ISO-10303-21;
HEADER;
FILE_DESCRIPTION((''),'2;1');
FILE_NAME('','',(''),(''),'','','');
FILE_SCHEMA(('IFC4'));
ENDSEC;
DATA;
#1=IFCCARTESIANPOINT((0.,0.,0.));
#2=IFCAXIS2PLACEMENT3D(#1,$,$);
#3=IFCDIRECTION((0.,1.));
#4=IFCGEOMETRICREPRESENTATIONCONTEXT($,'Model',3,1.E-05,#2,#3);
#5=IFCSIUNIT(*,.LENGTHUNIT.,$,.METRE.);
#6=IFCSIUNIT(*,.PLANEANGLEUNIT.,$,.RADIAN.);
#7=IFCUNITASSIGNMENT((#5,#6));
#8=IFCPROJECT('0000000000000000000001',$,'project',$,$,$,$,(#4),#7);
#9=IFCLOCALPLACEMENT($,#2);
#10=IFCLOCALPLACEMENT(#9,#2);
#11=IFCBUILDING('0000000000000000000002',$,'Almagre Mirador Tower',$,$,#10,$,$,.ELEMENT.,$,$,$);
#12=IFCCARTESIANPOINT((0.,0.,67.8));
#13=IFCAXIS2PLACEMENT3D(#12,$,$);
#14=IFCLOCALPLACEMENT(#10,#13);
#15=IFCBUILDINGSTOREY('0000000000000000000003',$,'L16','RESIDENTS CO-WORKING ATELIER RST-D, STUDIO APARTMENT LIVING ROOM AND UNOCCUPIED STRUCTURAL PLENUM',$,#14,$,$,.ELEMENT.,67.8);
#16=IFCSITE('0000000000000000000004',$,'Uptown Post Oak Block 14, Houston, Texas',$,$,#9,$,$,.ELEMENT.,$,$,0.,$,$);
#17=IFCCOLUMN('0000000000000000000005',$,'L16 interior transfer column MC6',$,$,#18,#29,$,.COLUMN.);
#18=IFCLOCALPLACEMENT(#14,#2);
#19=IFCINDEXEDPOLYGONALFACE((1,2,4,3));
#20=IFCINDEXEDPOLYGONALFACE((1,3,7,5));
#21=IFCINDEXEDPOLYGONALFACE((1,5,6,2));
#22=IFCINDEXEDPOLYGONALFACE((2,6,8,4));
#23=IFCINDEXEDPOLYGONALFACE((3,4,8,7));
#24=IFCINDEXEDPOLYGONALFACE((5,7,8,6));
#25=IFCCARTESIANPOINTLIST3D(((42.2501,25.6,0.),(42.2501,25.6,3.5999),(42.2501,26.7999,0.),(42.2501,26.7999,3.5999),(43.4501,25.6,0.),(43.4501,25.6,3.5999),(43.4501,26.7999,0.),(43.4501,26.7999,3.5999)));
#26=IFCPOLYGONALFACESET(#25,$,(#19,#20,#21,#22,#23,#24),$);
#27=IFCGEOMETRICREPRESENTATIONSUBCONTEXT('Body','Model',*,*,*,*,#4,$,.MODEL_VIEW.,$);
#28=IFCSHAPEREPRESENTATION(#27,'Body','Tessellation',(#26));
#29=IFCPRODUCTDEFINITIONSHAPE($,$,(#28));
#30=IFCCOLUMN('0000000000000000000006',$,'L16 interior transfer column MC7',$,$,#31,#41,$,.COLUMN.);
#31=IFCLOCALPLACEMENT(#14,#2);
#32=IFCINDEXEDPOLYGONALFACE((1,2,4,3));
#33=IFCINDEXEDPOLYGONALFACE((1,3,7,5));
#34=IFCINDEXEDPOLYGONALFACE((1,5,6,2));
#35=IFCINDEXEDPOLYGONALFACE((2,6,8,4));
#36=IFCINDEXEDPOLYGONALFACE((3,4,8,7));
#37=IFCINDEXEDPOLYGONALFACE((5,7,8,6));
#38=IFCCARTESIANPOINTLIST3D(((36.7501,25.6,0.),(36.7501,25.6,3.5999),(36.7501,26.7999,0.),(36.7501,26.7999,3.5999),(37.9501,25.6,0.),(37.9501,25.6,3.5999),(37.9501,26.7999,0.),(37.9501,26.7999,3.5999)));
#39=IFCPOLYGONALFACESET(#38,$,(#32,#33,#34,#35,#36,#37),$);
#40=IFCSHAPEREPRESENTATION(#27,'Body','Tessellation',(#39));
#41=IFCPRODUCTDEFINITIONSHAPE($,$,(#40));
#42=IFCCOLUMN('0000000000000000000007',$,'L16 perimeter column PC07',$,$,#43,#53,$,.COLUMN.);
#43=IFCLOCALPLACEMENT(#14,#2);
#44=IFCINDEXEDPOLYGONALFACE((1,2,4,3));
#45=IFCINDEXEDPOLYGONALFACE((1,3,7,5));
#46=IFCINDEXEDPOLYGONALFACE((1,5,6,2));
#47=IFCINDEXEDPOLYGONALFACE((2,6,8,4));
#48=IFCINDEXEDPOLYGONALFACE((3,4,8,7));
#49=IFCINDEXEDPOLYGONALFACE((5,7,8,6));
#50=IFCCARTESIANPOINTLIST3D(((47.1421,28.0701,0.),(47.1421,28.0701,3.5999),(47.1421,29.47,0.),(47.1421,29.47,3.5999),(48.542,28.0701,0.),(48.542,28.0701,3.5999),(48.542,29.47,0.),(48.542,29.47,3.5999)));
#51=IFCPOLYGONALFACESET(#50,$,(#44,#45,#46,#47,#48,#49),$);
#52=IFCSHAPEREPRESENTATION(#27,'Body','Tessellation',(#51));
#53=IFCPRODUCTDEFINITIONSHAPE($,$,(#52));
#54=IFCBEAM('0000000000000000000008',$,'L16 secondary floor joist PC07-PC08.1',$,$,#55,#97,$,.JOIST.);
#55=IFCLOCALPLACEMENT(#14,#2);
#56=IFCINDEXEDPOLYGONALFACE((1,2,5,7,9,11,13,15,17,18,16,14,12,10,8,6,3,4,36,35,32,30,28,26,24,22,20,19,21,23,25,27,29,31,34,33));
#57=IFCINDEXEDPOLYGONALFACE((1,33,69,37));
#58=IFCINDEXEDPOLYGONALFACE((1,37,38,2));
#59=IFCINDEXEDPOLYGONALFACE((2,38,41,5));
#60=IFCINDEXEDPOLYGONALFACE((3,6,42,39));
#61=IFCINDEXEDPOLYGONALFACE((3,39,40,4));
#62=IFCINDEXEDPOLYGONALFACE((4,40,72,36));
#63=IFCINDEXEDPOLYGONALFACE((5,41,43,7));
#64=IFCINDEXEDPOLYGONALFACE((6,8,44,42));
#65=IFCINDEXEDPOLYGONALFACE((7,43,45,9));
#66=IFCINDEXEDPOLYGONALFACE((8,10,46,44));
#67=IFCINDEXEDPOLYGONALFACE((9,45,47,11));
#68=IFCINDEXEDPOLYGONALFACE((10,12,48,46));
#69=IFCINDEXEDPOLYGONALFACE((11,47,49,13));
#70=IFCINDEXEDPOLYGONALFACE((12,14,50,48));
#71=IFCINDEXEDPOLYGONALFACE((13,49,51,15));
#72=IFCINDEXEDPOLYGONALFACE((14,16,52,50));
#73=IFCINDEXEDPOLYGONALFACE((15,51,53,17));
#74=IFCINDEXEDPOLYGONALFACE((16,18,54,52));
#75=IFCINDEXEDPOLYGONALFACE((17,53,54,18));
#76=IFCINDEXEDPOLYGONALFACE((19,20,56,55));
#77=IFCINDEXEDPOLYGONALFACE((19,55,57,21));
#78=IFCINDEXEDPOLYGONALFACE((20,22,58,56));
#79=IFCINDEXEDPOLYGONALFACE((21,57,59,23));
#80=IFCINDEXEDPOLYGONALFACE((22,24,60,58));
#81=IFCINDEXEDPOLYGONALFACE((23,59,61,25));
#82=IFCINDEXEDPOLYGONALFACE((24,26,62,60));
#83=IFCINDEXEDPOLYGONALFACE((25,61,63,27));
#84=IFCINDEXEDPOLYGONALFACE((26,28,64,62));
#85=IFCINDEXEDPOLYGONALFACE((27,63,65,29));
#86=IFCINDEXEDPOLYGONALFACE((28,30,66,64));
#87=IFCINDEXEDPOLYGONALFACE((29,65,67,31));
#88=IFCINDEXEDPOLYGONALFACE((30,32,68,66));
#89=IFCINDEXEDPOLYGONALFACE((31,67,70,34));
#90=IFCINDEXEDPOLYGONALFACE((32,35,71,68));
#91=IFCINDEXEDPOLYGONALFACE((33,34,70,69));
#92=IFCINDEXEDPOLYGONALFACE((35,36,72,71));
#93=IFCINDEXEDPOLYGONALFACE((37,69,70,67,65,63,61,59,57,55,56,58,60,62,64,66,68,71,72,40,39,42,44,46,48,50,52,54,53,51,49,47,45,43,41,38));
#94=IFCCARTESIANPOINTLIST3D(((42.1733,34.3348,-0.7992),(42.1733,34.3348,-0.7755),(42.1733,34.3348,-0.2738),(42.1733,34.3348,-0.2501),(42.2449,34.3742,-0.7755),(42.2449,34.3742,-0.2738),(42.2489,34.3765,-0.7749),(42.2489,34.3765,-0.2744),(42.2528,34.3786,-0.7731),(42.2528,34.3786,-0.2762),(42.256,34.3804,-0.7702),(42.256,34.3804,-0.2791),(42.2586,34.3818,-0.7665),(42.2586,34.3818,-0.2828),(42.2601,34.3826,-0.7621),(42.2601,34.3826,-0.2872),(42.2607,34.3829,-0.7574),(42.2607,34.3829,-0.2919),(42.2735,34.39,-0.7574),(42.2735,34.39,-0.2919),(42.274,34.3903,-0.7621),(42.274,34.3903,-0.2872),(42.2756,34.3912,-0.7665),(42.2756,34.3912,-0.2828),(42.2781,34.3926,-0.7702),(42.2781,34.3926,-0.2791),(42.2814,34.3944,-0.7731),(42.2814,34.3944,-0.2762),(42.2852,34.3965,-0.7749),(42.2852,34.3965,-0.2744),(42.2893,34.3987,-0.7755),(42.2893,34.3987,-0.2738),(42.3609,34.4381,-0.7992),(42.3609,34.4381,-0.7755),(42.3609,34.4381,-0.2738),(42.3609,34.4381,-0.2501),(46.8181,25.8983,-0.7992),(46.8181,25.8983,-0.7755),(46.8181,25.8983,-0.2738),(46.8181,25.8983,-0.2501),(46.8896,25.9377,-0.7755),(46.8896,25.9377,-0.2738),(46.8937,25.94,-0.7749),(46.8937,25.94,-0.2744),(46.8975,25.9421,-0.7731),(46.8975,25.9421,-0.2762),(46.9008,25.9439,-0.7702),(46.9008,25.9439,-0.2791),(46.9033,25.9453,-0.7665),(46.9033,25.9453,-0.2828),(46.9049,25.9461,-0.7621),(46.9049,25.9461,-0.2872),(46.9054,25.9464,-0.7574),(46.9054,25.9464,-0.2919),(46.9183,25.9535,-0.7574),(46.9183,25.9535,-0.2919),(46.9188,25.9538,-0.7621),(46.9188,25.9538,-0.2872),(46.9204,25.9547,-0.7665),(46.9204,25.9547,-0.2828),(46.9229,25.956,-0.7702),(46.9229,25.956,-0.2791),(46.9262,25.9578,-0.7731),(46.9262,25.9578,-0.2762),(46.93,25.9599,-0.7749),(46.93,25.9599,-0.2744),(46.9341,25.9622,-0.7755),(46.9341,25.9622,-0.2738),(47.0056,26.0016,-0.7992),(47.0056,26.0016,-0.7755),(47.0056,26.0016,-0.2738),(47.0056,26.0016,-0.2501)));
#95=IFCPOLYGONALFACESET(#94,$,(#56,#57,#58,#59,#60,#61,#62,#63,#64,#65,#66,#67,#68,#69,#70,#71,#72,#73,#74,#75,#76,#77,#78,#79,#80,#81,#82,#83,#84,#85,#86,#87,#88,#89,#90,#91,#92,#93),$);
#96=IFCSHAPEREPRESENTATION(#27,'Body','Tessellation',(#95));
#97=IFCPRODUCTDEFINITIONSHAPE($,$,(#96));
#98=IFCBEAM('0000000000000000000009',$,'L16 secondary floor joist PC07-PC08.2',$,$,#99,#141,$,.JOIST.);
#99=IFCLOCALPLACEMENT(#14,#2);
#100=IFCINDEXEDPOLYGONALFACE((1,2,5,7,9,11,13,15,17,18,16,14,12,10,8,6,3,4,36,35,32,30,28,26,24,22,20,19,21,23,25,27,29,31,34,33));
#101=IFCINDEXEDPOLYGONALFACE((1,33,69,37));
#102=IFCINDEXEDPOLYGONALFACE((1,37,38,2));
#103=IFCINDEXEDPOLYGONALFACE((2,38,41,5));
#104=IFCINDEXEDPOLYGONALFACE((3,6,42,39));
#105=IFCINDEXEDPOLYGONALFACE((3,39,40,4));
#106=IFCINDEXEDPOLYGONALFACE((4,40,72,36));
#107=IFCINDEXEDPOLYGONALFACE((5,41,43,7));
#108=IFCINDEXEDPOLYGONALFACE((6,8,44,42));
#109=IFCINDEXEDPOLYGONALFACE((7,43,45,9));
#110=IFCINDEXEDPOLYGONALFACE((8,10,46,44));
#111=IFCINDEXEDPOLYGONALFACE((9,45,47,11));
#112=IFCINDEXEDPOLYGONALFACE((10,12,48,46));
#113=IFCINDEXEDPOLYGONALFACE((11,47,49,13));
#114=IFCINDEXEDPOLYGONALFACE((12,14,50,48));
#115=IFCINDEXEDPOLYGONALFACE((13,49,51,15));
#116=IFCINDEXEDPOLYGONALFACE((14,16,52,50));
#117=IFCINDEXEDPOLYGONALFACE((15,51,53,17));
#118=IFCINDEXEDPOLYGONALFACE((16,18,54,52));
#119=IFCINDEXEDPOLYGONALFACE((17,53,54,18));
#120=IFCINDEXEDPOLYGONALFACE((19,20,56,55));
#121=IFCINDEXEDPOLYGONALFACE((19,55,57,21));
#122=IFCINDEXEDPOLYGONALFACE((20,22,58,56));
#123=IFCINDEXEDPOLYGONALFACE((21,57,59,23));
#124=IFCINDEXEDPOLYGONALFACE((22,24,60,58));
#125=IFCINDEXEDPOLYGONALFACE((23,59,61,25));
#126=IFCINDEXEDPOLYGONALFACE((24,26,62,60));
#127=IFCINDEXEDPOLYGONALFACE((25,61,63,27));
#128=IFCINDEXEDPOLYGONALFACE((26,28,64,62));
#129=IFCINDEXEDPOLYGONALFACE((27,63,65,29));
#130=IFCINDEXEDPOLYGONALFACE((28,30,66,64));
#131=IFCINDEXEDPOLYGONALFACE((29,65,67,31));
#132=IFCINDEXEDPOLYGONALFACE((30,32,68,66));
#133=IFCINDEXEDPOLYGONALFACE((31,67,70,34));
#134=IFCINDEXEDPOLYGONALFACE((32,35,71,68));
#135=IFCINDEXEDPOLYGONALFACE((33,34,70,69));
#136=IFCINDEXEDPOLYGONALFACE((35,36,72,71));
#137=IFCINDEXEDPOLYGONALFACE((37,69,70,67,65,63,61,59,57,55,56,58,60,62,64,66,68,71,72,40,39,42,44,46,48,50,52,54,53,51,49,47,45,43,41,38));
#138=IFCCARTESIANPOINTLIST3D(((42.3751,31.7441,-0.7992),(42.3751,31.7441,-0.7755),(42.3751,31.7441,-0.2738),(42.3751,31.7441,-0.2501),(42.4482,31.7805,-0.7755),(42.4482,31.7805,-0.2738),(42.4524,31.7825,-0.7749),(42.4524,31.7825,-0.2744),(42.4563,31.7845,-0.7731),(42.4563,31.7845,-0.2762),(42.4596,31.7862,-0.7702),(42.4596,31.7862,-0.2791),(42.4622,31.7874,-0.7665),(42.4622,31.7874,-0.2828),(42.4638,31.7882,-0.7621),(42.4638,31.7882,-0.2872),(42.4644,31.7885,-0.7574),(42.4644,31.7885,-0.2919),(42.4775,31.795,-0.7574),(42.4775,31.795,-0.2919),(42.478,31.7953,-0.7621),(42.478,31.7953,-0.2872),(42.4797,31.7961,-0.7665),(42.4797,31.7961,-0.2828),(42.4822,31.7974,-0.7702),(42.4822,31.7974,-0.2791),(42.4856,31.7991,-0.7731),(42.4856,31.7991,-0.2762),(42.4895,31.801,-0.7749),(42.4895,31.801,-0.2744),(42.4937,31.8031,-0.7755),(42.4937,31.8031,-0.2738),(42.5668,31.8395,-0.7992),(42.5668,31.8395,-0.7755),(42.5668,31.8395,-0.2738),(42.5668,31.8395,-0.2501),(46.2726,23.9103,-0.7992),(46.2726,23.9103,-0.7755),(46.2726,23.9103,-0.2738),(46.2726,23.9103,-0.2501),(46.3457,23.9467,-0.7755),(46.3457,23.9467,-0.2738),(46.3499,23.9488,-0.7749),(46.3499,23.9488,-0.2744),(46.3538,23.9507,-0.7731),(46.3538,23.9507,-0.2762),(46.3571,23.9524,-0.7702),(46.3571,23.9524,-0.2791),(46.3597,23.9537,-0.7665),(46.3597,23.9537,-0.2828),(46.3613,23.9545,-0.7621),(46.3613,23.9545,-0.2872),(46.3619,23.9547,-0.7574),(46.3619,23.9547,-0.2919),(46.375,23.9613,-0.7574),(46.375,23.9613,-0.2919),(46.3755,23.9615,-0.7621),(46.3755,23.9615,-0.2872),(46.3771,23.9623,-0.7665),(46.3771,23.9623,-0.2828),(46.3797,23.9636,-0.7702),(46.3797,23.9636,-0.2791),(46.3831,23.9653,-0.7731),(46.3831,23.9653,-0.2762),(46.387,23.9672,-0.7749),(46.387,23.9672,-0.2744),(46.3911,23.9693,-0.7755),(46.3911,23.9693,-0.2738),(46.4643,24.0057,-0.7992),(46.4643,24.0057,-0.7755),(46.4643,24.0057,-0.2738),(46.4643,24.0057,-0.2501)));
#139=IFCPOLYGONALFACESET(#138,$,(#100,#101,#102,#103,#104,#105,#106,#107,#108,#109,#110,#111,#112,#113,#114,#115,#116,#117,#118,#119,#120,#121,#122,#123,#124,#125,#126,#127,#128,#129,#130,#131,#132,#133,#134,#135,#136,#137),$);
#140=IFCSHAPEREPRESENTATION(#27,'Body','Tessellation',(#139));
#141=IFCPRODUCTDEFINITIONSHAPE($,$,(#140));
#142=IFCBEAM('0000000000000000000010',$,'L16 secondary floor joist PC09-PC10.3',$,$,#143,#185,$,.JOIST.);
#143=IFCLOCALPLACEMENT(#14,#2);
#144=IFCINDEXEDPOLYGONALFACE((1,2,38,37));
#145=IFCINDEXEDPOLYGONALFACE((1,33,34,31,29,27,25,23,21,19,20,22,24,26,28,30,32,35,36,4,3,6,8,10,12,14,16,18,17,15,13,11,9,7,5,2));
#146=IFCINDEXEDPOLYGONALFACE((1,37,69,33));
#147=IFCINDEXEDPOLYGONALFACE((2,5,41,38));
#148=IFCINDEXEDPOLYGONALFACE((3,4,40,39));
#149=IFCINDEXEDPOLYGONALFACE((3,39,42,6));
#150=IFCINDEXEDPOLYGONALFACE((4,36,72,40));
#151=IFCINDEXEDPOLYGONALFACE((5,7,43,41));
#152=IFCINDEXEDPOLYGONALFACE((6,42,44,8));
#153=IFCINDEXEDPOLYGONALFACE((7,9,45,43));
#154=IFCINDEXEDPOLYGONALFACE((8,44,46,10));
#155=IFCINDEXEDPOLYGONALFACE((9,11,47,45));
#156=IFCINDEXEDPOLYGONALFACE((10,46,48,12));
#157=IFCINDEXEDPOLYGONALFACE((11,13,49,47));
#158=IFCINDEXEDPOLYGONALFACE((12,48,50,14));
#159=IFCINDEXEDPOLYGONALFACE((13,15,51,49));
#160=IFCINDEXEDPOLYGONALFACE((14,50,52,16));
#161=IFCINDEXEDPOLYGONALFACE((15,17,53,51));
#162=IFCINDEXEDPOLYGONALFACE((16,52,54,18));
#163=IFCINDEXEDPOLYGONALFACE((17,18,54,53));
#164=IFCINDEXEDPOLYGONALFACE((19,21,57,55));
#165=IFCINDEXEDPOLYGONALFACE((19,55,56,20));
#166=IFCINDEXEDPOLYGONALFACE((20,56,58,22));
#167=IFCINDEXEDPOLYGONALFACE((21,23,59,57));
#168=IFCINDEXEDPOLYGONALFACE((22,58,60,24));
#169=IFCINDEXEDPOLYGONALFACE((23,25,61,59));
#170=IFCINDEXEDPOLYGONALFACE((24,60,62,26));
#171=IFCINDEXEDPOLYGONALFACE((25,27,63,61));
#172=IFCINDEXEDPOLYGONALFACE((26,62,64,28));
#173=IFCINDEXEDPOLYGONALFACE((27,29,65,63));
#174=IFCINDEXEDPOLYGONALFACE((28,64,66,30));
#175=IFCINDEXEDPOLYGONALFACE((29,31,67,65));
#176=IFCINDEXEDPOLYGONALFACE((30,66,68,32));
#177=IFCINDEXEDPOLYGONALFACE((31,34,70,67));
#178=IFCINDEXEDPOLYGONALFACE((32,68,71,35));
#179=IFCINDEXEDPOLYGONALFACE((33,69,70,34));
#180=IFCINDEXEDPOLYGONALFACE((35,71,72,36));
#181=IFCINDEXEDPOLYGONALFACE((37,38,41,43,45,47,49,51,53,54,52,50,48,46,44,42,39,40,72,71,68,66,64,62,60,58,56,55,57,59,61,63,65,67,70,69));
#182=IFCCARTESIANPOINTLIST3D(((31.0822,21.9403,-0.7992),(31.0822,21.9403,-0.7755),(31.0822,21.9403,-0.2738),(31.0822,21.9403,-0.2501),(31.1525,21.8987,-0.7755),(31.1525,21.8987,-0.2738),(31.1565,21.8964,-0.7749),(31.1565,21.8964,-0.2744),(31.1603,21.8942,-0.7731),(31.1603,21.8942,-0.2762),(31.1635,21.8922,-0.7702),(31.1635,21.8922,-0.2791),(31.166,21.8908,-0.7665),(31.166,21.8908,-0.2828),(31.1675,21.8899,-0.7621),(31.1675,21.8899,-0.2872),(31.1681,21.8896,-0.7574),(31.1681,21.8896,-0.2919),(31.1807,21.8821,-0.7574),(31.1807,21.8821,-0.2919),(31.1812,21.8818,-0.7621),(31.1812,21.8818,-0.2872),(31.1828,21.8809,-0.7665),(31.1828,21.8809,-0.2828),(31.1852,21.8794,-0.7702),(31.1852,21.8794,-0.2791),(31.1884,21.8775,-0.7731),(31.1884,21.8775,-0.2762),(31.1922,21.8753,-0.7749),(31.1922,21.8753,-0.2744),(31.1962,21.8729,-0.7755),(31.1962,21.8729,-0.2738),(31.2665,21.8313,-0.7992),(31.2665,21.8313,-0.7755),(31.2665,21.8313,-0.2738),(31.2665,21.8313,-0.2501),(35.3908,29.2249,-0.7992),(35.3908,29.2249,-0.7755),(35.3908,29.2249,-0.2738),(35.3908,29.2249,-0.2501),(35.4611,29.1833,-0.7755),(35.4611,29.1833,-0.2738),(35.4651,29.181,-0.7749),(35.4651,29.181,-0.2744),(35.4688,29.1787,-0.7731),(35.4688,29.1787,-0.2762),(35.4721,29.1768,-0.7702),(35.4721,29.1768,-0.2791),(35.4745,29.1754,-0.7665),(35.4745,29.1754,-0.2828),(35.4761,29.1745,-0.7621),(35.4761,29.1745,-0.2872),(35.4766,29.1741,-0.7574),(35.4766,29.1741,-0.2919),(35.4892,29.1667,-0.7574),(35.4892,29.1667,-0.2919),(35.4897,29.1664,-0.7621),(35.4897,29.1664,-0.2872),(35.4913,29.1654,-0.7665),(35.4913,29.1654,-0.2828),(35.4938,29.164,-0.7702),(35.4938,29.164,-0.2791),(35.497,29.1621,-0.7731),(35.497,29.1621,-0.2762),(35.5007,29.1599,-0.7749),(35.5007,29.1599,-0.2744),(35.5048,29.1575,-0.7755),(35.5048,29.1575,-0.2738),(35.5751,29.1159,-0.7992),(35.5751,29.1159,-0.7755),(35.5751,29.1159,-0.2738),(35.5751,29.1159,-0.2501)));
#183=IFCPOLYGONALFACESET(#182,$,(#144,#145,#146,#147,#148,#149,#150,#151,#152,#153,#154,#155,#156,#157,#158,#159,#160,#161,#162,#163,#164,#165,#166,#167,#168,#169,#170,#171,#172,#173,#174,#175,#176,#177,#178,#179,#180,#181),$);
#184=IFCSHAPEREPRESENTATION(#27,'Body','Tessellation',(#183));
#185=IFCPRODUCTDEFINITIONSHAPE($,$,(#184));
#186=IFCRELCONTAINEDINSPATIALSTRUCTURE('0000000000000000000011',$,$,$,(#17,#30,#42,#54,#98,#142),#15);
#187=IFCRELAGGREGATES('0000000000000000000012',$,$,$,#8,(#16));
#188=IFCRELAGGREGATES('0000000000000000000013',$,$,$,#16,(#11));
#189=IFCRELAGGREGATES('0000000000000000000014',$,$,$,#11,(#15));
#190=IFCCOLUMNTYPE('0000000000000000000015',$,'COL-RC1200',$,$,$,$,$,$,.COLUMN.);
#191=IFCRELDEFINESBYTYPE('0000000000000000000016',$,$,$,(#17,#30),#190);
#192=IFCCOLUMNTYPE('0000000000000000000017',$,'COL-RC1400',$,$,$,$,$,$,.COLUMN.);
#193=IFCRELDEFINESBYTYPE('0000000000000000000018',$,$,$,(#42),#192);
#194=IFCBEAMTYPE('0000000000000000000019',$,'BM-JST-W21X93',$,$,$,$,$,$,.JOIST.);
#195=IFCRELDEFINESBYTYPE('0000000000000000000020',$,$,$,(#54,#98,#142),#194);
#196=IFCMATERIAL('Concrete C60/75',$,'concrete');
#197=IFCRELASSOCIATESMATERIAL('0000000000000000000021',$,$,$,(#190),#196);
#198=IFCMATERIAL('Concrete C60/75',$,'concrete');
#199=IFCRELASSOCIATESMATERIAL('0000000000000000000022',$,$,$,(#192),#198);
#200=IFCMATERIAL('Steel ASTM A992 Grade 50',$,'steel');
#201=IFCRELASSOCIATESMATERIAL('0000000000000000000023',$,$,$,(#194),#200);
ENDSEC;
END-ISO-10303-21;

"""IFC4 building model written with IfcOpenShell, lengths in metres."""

from ifc_helpers import new_model, si_unit, direction, frame, origin, origin_2d, place, context, subcontext, project, spatial, rectangle, i_section, extrude, material, material_profile, profile_set, type_object, element, save


model = new_model("IFC4")

# Units and contexts
model_context = context("Model", 3, precision=1e-05, world=origin(), true_north=direction((0.0, 1.0)))
body_context = subcontext(model_context, "Body", "Model", "MODEL_VIEW")
ifc_project = project(units=[si_unit("LENGTHUNIT", "METRE"), si_unit("PLANEANGLEUNIT", "RADIAN")], contexts=[model_context])

# Site, building, storey
site_placement = place(None, origin())
site = spatial("IfcSite", under=ifc_project, at=site_placement, Name="Uptown Post Oak Block 14, Houston, Texas", CompositionType="ELEMENT", RefElevation=0.0)
building_placement = place(site_placement, origin())
building = spatial("IfcBuilding", under=site, at=building_placement, Name="Almagre Mirador Tower", CompositionType="ELEMENT")
storey_placement = place(building_placement, frame((0.0, 0.0, 67.8)))
storey = spatial("IfcBuildingStorey", under=building, at=storey_placement, Name="L16", Description="RESIDENTS CO-WORKING ATELIER RST-D, STUDIO APARTMENT LIVING ROOM AND UNOCCUPIED STRUCTURAL PLENUM", CompositionType="ELEMENT", Elevation=67.8)

# Columns
ifc_material_1 = material(Name="Concrete C60/75", Category="concrete")
ifc_material_profile_1 = material_profile(ifc_material_1, rectangle(XDim=1.2, YDim=1.2, at=origin_2d()), Name="RC1200X1200")
ifc_profile_set_1 = profile_set([ifc_material_profile_1], Name="Concrete C60/75")
column_type_1 = type_object("IfcColumnType", Name="COL-RC1200", PredefinedType="COLUMN", material=ifc_profile_set_1)
for number, where, z_axis, x_axis, name in (
    (1, (42.8501, 26.2, 0.0), (0.0, 0.0, 1.0), (1.0, 0.0, 0.0), "L16 interior transfer column MC6"),
    (2, (37.3501, 26.2, 0.0), (0.0, 0.0, 1.0), (1.0, 0.0, 0.0), "L16 interior transfer column MC7"),
):
    element("IfcColumn", number, at=place(storey_placement, frame(where, z_axis=z_axis, x_axis=x_axis)), inside=storey, type_object=column_type_1, Name=name, PredefinedType="COLUMN", context=body_context, shape_type="SweptSolid", body=[
        extrude(rectangle(XDim=1.2, YDim=1.2, at=origin_2d()), origin(), (0.0, 0.0, 1.0), 3.5999),
    ])
ifc_material_2 = material(Name="Concrete C60/75", Category="concrete")
ifc_material_profile_2 = material_profile(ifc_material_2, rectangle(XDim=1.3999, YDim=1.3999, at=origin_2d()), Name="RC1400X1400")
ifc_profile_set_2 = profile_set([ifc_material_profile_2], Name="Concrete C60/75")
column_type_2 = type_object("IfcColumnType", Name="COL-RC1400", PredefinedType="COLUMN", material=ifc_profile_set_2)
column_placement = place(storey_placement, frame((47.842, 28.77, 0.0), z_axis=(0.0, 0.0, 1.0), x_axis=(1.0, 0.0, 0.0)))
element("IfcColumn", 3, at=column_placement, inside=storey, type_object=column_type_2, Name="L16 perimeter column PC07", PredefinedType="COLUMN", context=body_context, shape_type="SweptSolid", body=[
    extrude(rectangle(XDim=1.3999, YDim=1.3999, at=origin_2d()), origin(), (0.0, 0.0, 1.0), 3.5999),
])

# Beams
ifc_material_3 = material(Name="Steel ASTM A992 Grade 50", Category="steel")
ifc_material_profile_3 = material_profile(ifc_material_3, i_section(OverallWidth=0.2141, OverallDepth=0.5491, WebThickness=0.0146, FlangeThickness=0.0237, FilletRadius=0.0181, at=origin_2d()), Name="W21X93")
ifc_profile_set_3 = profile_set([ifc_material_profile_3], Name="Steel ASTM A992 Grade 50")
beam_type_1 = type_object("IfcBeamType", Name="BM-JST-W21X93", PredefinedType="JOIST", material=ifc_profile_set_3)
beam_1_placement = place(storey_placement, frame((46.9119, 25.95, -0.5247), z_axis=(-0.482292, 0.87601, 0.0), x_axis=(-0.87601, -0.482292, 0.0)))
element("IfcBeam", 4, at=beam_1_placement, inside=storey, type_object=beam_type_1, Name="L16 secondary floor joist PC07-PC08.1", PredefinedType="JOIST", context=body_context, shape_type="SweptSolid", body=[
    extrude(i_section(OverallWidth=0.2141, OverallDepth=0.5491, WebThickness=0.0146, FlangeThickness=0.0237, FilletRadius=0.0181, at=origin_2d()), origin(), (0.0, 0.0, 1.0), 9.6306),
])
beam_2_placement = place(storey_placement, frame((46.3684, 23.958, -0.5247), z_axis=(-0.445438, 0.895313, 0.0), x_axis=(-0.895313, -0.445438, 0.0)))
element("IfcBeam", 5, at=beam_2_placement, inside=storey, type_object=beam_type_1, Name="L16 secondary floor joist PC07-PC08.2", PredefinedType="JOIST", context=body_context, shape_type="SweptSolid", body=[
    extrude(i_section(OverallWidth=0.2141, OverallDepth=0.5491, WebThickness=0.0146, FlangeThickness=0.0237, FilletRadius=0.0181, at=origin_2d()), origin(), (0.0, 0.0, 1.0), 8.7498),
])
beam_3_placement = place(storey_placement, frame((35.4829, 29.1704, -0.5247), z_axis=(-0.509081, -0.860719, 0.0), x_axis=(0.860719, -0.509081, 0.0)))
element("IfcBeam", 6, at=beam_3_placement, inside=storey, type_object=beam_type_1, Name="L16 secondary floor joist PC09-PC10.3", PredefinedType="JOIST", context=body_context, shape_type="SweptSolid", body=[
    extrude(i_section(OverallWidth=0.2141, OverallDepth=0.5491, WebThickness=0.0146, FlangeThickness=0.0237, FilletRadius=0.0181, at=origin_2d()), origin(), (0.0, 0.0, 1.0), 8.4634),
])

save(model, "model.ifc")
